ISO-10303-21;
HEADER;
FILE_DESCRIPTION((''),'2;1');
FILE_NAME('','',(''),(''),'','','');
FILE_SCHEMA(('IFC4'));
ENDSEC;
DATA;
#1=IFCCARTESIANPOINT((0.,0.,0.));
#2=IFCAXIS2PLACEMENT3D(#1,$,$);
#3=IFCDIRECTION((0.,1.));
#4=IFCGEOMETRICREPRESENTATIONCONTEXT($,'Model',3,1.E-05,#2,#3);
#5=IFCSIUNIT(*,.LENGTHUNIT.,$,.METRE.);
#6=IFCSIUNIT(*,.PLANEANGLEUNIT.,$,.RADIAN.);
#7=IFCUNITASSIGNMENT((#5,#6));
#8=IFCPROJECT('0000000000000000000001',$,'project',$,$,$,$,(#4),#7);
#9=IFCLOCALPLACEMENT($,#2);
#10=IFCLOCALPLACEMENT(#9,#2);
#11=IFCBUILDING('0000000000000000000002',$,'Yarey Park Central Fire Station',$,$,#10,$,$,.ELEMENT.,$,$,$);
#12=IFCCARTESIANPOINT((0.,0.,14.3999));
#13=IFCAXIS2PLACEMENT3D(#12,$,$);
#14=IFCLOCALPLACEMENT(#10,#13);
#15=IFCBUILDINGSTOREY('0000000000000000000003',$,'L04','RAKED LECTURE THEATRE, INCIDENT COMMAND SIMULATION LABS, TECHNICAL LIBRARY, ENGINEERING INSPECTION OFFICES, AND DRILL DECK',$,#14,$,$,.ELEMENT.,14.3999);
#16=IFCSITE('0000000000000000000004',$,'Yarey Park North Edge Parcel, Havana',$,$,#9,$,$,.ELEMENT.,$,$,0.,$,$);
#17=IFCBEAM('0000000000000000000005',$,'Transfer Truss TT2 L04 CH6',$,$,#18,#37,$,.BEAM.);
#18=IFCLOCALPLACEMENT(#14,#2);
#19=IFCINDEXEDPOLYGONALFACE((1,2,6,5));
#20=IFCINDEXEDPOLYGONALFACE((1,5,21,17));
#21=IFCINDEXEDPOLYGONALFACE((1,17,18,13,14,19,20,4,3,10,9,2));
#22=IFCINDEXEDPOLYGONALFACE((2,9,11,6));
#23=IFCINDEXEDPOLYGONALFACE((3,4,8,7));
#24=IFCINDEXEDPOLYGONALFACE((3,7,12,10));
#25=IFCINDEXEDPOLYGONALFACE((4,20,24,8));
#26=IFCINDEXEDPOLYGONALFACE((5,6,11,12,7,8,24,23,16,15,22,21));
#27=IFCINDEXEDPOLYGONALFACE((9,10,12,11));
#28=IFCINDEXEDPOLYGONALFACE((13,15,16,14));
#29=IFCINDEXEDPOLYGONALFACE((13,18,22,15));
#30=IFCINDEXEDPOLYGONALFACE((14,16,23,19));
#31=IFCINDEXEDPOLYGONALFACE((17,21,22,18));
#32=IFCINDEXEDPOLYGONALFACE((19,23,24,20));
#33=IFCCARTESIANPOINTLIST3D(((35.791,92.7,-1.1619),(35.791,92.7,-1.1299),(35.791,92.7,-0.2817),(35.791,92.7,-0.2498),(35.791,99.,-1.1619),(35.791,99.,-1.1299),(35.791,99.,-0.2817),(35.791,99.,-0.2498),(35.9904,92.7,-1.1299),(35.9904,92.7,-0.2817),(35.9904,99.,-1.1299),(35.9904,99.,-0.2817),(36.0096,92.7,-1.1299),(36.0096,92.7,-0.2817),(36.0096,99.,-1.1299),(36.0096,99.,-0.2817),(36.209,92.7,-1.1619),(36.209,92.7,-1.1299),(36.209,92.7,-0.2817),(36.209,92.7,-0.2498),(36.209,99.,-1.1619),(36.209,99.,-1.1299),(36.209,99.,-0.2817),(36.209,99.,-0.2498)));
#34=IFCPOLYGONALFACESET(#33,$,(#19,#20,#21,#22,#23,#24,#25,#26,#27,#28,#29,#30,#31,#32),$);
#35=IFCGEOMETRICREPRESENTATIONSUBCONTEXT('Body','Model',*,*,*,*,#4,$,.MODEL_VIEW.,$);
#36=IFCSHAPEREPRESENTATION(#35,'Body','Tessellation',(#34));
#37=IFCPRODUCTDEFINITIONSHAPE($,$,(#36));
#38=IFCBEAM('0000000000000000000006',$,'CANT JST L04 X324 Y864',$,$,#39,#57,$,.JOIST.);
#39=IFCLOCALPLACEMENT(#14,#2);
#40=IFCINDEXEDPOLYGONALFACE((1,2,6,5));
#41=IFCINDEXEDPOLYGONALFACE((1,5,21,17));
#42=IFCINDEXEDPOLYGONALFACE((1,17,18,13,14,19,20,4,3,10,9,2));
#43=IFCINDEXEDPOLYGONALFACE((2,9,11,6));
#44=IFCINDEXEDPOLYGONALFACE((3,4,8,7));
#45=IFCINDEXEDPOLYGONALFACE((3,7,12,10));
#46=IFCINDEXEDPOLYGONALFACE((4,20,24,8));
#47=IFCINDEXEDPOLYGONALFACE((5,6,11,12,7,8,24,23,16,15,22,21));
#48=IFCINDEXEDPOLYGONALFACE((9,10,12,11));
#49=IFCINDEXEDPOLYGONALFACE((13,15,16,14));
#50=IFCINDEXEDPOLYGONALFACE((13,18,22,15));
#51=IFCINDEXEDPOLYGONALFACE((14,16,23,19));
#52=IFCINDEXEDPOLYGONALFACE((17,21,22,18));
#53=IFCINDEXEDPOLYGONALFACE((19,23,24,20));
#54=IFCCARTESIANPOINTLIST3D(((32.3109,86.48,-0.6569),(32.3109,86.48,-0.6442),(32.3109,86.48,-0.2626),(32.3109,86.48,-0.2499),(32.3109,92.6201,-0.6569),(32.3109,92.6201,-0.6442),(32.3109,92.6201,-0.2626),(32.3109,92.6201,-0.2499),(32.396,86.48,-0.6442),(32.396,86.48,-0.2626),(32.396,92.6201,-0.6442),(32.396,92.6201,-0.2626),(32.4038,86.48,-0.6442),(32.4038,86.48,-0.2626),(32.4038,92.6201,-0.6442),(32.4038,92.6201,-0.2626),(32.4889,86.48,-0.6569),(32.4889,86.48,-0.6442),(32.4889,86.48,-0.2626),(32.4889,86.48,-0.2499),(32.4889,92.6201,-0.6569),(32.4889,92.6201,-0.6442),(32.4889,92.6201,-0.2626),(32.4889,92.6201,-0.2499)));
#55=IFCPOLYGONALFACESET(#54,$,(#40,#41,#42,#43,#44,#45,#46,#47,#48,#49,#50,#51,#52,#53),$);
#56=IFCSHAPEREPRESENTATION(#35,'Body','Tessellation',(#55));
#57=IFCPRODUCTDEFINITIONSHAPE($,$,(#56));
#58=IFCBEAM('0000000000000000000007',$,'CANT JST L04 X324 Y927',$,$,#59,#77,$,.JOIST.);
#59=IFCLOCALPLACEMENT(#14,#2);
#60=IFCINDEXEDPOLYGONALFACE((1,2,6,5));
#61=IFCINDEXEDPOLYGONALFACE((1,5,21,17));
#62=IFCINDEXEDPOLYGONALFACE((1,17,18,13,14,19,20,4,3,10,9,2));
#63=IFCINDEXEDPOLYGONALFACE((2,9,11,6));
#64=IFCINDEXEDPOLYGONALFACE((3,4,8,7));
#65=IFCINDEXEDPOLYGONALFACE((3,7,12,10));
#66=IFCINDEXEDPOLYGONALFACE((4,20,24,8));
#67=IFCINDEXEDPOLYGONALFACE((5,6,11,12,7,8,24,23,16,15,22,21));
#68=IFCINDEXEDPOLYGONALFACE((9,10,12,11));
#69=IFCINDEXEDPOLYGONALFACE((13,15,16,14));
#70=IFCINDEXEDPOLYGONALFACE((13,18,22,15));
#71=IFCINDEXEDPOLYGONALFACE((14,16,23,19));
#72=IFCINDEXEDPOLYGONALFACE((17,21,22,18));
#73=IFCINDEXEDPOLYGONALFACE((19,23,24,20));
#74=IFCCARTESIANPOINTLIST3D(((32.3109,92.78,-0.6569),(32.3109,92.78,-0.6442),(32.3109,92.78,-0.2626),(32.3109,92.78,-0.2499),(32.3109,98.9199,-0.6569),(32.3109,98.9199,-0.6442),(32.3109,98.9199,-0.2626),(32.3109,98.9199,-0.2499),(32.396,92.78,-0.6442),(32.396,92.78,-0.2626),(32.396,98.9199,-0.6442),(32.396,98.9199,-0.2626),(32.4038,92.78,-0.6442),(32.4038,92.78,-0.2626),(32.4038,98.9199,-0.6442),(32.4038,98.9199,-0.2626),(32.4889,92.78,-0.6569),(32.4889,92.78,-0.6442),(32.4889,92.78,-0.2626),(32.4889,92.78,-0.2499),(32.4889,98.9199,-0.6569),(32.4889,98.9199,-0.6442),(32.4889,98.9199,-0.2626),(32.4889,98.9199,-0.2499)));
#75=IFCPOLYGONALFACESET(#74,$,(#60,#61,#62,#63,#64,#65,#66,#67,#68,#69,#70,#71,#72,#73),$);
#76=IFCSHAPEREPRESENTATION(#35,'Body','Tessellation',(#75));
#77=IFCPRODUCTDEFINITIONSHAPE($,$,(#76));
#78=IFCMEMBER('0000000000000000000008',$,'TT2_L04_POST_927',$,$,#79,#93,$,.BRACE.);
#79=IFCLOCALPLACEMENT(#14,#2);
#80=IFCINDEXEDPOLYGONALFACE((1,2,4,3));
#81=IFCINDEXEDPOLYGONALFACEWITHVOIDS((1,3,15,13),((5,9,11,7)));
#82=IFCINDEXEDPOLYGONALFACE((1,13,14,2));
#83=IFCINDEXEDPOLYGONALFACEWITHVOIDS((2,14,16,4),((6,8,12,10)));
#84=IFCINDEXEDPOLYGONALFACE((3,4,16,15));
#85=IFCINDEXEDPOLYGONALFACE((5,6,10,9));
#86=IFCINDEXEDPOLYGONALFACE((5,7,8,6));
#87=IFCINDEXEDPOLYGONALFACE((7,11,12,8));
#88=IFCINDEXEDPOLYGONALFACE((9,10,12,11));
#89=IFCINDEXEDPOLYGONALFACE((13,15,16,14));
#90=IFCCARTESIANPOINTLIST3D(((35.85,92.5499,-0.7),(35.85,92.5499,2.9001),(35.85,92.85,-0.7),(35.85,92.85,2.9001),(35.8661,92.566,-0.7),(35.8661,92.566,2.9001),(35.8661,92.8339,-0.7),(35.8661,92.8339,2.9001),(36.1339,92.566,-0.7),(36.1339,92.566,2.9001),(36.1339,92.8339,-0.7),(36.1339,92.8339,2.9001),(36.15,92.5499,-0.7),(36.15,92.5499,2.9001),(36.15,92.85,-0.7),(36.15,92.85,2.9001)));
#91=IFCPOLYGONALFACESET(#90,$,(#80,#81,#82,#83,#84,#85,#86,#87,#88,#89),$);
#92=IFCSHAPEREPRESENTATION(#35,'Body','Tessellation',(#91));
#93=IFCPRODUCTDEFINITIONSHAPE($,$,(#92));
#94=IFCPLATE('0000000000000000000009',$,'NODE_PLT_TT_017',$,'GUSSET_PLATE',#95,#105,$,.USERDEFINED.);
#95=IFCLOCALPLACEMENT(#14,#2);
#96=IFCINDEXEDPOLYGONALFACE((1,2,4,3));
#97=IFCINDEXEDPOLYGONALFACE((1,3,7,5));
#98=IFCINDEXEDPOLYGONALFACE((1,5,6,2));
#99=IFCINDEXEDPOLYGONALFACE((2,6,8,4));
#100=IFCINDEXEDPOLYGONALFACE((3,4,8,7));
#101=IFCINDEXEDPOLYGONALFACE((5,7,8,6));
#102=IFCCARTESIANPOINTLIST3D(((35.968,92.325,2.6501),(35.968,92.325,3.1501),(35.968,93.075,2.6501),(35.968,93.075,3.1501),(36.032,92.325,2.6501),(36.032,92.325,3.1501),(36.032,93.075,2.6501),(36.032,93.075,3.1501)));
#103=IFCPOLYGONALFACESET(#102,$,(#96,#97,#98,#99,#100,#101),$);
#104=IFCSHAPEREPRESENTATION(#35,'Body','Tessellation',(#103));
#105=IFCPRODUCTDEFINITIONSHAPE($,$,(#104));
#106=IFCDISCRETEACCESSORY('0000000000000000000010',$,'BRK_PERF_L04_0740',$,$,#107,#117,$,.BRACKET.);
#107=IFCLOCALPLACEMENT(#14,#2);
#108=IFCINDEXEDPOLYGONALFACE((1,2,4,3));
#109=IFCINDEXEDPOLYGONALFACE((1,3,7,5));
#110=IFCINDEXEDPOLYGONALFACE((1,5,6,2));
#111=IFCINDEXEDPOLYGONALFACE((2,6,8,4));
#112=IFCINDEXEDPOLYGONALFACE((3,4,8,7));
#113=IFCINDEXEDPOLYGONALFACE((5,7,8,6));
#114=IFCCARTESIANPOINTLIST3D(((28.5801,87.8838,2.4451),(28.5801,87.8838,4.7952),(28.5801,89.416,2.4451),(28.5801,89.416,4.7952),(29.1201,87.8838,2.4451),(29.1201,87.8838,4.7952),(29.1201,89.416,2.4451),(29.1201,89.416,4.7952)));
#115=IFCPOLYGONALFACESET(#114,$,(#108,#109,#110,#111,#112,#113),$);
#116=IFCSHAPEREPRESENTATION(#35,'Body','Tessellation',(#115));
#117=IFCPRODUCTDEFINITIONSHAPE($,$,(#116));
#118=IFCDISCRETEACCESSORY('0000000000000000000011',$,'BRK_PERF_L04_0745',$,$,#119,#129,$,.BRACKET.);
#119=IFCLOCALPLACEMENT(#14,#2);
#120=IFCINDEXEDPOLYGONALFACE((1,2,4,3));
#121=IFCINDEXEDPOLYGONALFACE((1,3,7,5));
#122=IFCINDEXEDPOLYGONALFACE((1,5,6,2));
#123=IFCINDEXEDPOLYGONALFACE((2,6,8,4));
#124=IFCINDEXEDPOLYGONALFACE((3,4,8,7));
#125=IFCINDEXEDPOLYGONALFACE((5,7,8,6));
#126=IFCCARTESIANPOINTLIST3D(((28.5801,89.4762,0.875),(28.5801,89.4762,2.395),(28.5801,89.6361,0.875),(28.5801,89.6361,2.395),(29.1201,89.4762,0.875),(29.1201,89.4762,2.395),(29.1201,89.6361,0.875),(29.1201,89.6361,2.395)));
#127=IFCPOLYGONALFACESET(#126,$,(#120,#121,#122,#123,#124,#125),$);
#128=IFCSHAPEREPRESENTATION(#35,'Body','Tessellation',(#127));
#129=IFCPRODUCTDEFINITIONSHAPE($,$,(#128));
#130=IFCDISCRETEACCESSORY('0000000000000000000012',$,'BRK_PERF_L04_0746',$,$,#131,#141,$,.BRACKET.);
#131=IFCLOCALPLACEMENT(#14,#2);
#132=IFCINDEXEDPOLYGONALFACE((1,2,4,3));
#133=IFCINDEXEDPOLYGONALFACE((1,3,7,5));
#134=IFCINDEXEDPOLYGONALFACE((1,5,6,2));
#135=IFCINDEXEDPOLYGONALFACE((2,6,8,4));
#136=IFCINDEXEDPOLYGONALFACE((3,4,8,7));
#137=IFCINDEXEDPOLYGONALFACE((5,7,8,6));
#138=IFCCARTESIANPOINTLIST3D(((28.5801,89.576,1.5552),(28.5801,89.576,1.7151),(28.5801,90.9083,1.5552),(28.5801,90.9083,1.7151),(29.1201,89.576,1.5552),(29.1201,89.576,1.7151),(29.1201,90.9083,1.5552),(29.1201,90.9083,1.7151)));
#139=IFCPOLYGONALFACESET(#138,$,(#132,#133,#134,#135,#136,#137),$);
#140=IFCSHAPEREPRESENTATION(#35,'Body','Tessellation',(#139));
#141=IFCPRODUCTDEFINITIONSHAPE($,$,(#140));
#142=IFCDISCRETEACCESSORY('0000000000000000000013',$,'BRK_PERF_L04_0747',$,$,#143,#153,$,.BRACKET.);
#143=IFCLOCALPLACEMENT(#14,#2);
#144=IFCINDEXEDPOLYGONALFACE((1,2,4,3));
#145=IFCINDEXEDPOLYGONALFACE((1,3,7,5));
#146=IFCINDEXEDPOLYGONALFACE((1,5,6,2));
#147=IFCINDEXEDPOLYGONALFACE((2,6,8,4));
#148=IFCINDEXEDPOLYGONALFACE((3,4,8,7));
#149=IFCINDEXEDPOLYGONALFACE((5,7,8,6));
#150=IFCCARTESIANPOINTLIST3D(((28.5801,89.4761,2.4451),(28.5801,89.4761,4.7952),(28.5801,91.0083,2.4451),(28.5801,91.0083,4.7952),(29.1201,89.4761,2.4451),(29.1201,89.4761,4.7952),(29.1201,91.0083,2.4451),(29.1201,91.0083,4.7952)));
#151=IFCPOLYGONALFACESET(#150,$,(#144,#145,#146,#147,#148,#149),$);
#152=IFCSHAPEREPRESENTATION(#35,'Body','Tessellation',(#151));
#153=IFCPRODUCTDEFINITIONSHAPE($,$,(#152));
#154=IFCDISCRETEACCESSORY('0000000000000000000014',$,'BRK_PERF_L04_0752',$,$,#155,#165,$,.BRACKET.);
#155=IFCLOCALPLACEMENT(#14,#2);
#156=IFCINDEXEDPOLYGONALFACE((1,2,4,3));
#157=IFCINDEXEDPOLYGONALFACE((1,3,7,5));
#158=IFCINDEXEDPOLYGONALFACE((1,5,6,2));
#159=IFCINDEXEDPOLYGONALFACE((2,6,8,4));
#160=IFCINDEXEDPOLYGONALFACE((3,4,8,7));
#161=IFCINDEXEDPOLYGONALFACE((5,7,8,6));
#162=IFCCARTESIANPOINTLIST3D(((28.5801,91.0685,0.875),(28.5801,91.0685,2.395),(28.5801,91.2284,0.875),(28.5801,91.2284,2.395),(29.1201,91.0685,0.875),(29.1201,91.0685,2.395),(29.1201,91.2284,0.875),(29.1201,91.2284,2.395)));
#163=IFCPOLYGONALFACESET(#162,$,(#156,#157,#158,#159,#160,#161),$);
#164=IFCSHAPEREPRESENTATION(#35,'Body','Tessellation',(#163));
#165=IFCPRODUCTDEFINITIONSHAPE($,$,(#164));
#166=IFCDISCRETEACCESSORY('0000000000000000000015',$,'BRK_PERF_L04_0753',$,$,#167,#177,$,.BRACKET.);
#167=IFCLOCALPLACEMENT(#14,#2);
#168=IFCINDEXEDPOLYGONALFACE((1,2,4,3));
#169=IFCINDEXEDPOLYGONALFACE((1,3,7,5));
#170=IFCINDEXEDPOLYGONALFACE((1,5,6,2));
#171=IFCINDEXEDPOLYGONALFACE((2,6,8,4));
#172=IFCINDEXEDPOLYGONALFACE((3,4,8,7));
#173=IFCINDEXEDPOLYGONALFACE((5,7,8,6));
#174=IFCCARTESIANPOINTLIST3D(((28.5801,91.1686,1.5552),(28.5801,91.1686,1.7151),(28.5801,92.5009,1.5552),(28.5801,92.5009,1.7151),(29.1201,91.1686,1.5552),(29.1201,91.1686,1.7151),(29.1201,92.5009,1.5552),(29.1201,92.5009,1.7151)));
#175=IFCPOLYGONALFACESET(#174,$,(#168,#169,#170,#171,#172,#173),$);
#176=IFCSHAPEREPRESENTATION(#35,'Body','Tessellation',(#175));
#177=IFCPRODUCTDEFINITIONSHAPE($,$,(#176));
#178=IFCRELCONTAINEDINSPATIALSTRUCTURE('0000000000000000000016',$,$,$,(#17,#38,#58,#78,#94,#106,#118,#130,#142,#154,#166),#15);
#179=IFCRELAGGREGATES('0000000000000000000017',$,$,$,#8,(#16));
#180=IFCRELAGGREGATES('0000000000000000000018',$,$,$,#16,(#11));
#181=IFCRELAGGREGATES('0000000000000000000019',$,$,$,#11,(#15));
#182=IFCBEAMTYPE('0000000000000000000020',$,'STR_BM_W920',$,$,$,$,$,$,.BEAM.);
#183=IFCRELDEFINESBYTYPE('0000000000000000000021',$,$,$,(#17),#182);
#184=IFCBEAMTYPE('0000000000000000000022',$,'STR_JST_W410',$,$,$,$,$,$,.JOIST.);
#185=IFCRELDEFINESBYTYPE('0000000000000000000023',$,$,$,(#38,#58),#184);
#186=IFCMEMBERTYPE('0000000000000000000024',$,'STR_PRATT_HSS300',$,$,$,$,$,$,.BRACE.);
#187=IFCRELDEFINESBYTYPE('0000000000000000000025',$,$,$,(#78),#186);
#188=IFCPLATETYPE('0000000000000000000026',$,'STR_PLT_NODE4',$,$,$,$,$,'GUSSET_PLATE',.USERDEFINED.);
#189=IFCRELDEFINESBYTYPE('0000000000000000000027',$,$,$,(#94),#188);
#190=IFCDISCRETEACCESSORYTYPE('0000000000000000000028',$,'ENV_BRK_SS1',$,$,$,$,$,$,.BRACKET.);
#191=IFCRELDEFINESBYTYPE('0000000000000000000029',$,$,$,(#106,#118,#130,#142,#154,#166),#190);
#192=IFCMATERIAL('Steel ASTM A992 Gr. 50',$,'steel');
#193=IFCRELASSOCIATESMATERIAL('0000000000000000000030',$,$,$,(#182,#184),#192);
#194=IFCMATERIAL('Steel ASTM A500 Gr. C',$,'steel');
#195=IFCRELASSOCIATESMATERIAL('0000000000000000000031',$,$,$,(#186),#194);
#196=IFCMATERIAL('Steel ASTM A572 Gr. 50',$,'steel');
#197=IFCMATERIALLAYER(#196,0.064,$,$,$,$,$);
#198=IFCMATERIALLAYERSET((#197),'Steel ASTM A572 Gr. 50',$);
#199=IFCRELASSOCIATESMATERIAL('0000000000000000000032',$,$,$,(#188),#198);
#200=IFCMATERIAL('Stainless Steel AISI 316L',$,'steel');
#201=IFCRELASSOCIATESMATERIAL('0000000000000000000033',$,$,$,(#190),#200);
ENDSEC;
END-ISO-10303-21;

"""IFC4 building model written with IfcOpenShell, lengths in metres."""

from ifc_helpers import new_model, si_unit, direction, frame, origin, origin_2d, place, context, subcontext, project, spatial, rectangle, hollow_rectangle, i_section, extrude, material, layer, layer_set, material_profile, profile_set, type_object, element, save


model = new_model("IFC4")

# Units and contexts
model_context = context("Model", 3, precision=1e-05, world=origin(), true_north=direction((0.0, 1.0)))
body_context = subcontext(model_context, "Body", "Model", "MODEL_VIEW")
ifc_project = project(units=[si_unit("LENGTHUNIT", "METRE"), si_unit("PLANEANGLEUNIT", "RADIAN")], contexts=[model_context])

# Site, building, storey
site_placement = place(None, origin())
site = spatial("IfcSite", under=ifc_project, at=site_placement, Name="Yarey Park North Edge Parcel, Havana", CompositionType="ELEMENT", RefElevation=0.0)
building_placement = place(site_placement, origin())
building = spatial("IfcBuilding", under=site, at=building_placement, Name="Yarey Park Central Fire Station", CompositionType="ELEMENT")
storey_placement = place(building_placement, frame((0.0, 0.0, 14.3999)))
storey = spatial("IfcBuildingStorey", under=building, at=storey_placement, Name="L04", Description="RAKED LECTURE THEATRE, INCIDENT COMMAND SIMULATION LABS, TECHNICAL LIBRARY, ENGINEERING INSPECTION OFFICES, AND DRILL DECK", CompositionType="ELEMENT", Elevation=14.3999)

# Beams
ifc_material_1 = material(Name="Steel ASTM A992 Gr. 50", Category="steel")
ifc_material_profile_1 = material_profile(ifc_material_1, i_section(OverallWidth=0.418, OverallDepth=0.9121, WebThickness=0.0193, FlangeThickness=0.032, at=origin_2d()), Name="W920x342")
ifc_profile_set_1 = profile_set([ifc_material_profile_1], Name="Steel ASTM A992 Gr. 50")
beam_type_1 = type_object("IfcBeamType", Name="STR_BM_W920", PredefinedType="BEAM", material=ifc_profile_set_1)
beam_1_placement = place(storey_placement, frame((36.0, 92.7, -0.7058), z_axis=(0.0, 1.0, 0.0), x_axis=(-1.0, 0.0, 0.0)))
element("IfcBeam", 1, at=beam_1_placement, inside=storey, type_object=beam_type_1, Name="Transfer Truss TT2 L04 CH6", PredefinedType="BEAM", context=body_context, shape_type="SweptSolid", body=[
    extrude(i_section(OverallWidth=0.418, OverallDepth=0.9121, WebThickness=0.0193, FlangeThickness=0.032, at=origin_2d()), origin(), (0.0, 0.0, 1.0), 6.3),
])
ifc_material_profile_2 = material_profile(ifc_material_1, i_section(OverallWidth=0.178, OverallDepth=0.407, WebThickness=0.0078, FlangeThickness=0.0127, at=origin_2d()), Name="W410x60")
ifc_profile_set_2 = profile_set([ifc_material_profile_2], Name="Steel ASTM A992 Gr. 50")
beam_type_2 = type_object("IfcBeamType", Name="STR_JST_W410", PredefinedType="JOIST", material=ifc_profile_set_2)
beam_2_placement = place(storey_placement, frame((32.3999, 86.48, -0.4534), z_axis=(0.0, 1.0, 0.0), x_axis=(-1.0, 0.0, 0.0)))
element("IfcBeam", 2, at=beam_2_placement, inside=storey, type_object=beam_type_2, Name="CANT JST L04 X324 Y864", PredefinedType="JOIST", context=body_context, shape_type="SweptSolid", body=[
    extrude(i_section(OverallWidth=0.178, OverallDepth=0.407, WebThickness=0.0078, FlangeThickness=0.0127, at=origin_2d()), origin(), (0.0, 0.0, 1.0), 6.1401),
])
beam_3_placement = place(storey_placement, frame((32.3999, 92.78, -0.4534), z_axis=(0.0, 1.0, 0.0), x_axis=(-1.0, 0.0, 0.0)))
element("IfcBeam", 3, at=beam_3_placement, inside=storey, type_object=beam_type_2, Name="CANT JST L04 X324 Y927", PredefinedType="JOIST", context=body_context, shape_type="SweptSolid", body=[
    extrude(i_section(OverallWidth=0.178, OverallDepth=0.407, WebThickness=0.0078, FlangeThickness=0.0127, at=origin_2d()), origin(), (0.0, 0.0, 1.0), 6.1399),
])

# Member
ifc_material_2 = material(Name="Steel ASTM A500 Gr. C", Category="steel")
ifc_material_profile_3 = material_profile(ifc_material_2, hollow_rectangle(XDim=0.3, YDim=0.3, WallThickness=0.0161, at=origin_2d()), Name="HSS 300x300x16")
ifc_profile_set_3 = profile_set([ifc_material_profile_3], Name="Steel ASTM A500 Gr. C")
member_type = type_object("IfcMemberType", Name="STR_PRATT_HSS300", PredefinedType="BRACE", material=ifc_profile_set_3)
member_placement = place(storey_placement, frame((36.0, 92.7, -0.7), z_axis=(0.0, 0.0, 1.0), x_axis=(1.0, 0.0, 0.0)))
element("IfcMember", 4, at=member_placement, inside=storey, type_object=member_type, Name="TT2_L04_POST_927", PredefinedType="BRACE", context=body_context, shape_type="SweptSolid", body=[
    extrude(hollow_rectangle(XDim=0.3, YDim=0.3, WallThickness=0.0161, at=origin_2d()), origin(), (0.0, 0.0, 1.0), 3.6001),
])

# Plate
ifc_material_3 = material(Name="Steel ASTM A572 Gr. 50", Category="steel")
ifc_layer = layer(ifc_material_3, 0.064)
ifc_layer_set = layer_set([ifc_layer], Name="Steel ASTM A572 Gr. 50")
plate_type = type_object("IfcPlateType", Name="STR_PLT_NODE4", ElementType="GUSSET_PLATE", PredefinedType="USERDEFINED", material=ifc_layer_set)
plate_placement = place(storey_placement, frame((36.0, 92.7, 2.6501), z_axis=(0.0, 0.0, 1.0), x_axis=(1.0, 0.0, 0.0)))
element("IfcPlate", 5, at=plate_placement, inside=storey, type_object=plate_type, Name="NODE_PLT_TT_017", ObjectType="GUSSET_PLATE", PredefinedType="USERDEFINED", context=body_context, shape_type="SweptSolid", body=[
    extrude(rectangle(XDim=0.064, YDim=0.75, at=origin_2d()), origin(), (0.0, 0.0, 1.0), 0.5),
])

# Discrete accessories
ifc_material_4 = material(Name="Stainless Steel AISI 316L", Category="steel")
discrete_accessory_type = type_object("IfcDiscreteAccessoryType", Name="ENV_BRK_SS1", PredefinedType="BRACKET", material=ifc_material_4)
discrete_accessory_1_placement = place(storey_placement, frame((28.8501, 88.6499, 2.4451), z_axis=(0.0, 0.0, 1.0), x_axis=(1.0, 0.0, 0.0)))
element("IfcDiscreteAccessory", 6, at=discrete_accessory_1_placement, inside=storey, type_object=discrete_accessory_type, Name="BRK_PERF_L04_0740", PredefinedType="BRACKET", context=body_context, shape_type="SweptSolid", body=[
    extrude(rectangle(XDim=0.54, YDim=1.5322, at=origin_2d()), origin(), (0.0, 0.0, 1.0), 2.3501),
])
discrete_accessory_2_placement = place(storey_placement, frame((28.8501, 89.5562, 0.875), z_axis=(0.0, 0.0, 1.0), x_axis=(1.0, 0.0, 0.0)))
element("IfcDiscreteAccessory", 7, at=discrete_accessory_2_placement, inside=storey, type_object=discrete_accessory_type, Name="BRK_PERF_L04_0745", PredefinedType="BRACKET", context=body_context, shape_type="SweptSolid", body=[
    extrude(rectangle(XDim=0.54, YDim=0.1599, at=origin_2d()), origin(), (0.0, 0.0, 1.0), 1.52),
])
discrete_accessory_3_placement = place(storey_placement, frame((28.8501, 90.2422, 1.5552), z_axis=(0.0, 0.0, 1.0), x_axis=(1.0, 0.0, 0.0)))
element("IfcDiscreteAccessory", 8, at=discrete_accessory_3_placement, inside=storey, type_object=discrete_accessory_type, Name="BRK_PERF_L04_0746", PredefinedType="BRACKET", context=body_context, shape_type="SweptSolid", body=[
    extrude(rectangle(XDim=0.54, YDim=1.3323, at=origin_2d()), origin(), (0.0, 0.0, 1.0), 0.1599),
])
discrete_accessory_4_placement = place(storey_placement, frame((28.8501, 90.2422, 2.4451), z_axis=(0.0, 0.0, 1.0), x_axis=(1.0, 0.0, 0.0)))
element("IfcDiscreteAccessory", 9, at=discrete_accessory_4_placement, inside=storey, type_object=discrete_accessory_type, Name="BRK_PERF_L04_0747", PredefinedType="BRACKET", context=body_context, shape_type="SweptSolid", body=[
    extrude(rectangle(XDim=0.54, YDim=1.5322, at=origin_2d()), origin(), (0.0, 0.0, 1.0), 2.3501),
])
discrete_accessory_5_placement = place(storey_placement, frame((28.8501, 91.1484, 0.875), z_axis=(0.0, 0.0, 1.0), x_axis=(1.0, 0.0, 0.0)))
element("IfcDiscreteAccessory", 10, at=discrete_accessory_5_placement, inside=storey, type_object=discrete_accessory_type, Name="BRK_PERF_L04_0752", PredefinedType="BRACKET", context=body_context, shape_type="SweptSolid", body=[
    extrude(rectangle(XDim=0.54, YDim=0.1599, at=origin_2d()), origin(), (0.0, 0.0, 1.0), 1.52),
])
discrete_accessory_6_placement = place(storey_placement, frame((28.8501, 91.8347, 1.5552), z_axis=(0.0, 0.0, 1.0), x_axis=(1.0, 0.0, 0.0)))
element("IfcDiscreteAccessory", 11, at=discrete_accessory_6_placement, inside=storey, type_object=discrete_accessory_type, Name="BRK_PERF_L04_0753", PredefinedType="BRACKET", context=body_context, shape_type="SweptSolid", body=[
    extrude(rectangle(XDim=0.54, YDim=1.3323, at=origin_2d()), origin(), (0.0, 0.0, 1.0), 0.1599),
])

save(model, "model.ifc")
